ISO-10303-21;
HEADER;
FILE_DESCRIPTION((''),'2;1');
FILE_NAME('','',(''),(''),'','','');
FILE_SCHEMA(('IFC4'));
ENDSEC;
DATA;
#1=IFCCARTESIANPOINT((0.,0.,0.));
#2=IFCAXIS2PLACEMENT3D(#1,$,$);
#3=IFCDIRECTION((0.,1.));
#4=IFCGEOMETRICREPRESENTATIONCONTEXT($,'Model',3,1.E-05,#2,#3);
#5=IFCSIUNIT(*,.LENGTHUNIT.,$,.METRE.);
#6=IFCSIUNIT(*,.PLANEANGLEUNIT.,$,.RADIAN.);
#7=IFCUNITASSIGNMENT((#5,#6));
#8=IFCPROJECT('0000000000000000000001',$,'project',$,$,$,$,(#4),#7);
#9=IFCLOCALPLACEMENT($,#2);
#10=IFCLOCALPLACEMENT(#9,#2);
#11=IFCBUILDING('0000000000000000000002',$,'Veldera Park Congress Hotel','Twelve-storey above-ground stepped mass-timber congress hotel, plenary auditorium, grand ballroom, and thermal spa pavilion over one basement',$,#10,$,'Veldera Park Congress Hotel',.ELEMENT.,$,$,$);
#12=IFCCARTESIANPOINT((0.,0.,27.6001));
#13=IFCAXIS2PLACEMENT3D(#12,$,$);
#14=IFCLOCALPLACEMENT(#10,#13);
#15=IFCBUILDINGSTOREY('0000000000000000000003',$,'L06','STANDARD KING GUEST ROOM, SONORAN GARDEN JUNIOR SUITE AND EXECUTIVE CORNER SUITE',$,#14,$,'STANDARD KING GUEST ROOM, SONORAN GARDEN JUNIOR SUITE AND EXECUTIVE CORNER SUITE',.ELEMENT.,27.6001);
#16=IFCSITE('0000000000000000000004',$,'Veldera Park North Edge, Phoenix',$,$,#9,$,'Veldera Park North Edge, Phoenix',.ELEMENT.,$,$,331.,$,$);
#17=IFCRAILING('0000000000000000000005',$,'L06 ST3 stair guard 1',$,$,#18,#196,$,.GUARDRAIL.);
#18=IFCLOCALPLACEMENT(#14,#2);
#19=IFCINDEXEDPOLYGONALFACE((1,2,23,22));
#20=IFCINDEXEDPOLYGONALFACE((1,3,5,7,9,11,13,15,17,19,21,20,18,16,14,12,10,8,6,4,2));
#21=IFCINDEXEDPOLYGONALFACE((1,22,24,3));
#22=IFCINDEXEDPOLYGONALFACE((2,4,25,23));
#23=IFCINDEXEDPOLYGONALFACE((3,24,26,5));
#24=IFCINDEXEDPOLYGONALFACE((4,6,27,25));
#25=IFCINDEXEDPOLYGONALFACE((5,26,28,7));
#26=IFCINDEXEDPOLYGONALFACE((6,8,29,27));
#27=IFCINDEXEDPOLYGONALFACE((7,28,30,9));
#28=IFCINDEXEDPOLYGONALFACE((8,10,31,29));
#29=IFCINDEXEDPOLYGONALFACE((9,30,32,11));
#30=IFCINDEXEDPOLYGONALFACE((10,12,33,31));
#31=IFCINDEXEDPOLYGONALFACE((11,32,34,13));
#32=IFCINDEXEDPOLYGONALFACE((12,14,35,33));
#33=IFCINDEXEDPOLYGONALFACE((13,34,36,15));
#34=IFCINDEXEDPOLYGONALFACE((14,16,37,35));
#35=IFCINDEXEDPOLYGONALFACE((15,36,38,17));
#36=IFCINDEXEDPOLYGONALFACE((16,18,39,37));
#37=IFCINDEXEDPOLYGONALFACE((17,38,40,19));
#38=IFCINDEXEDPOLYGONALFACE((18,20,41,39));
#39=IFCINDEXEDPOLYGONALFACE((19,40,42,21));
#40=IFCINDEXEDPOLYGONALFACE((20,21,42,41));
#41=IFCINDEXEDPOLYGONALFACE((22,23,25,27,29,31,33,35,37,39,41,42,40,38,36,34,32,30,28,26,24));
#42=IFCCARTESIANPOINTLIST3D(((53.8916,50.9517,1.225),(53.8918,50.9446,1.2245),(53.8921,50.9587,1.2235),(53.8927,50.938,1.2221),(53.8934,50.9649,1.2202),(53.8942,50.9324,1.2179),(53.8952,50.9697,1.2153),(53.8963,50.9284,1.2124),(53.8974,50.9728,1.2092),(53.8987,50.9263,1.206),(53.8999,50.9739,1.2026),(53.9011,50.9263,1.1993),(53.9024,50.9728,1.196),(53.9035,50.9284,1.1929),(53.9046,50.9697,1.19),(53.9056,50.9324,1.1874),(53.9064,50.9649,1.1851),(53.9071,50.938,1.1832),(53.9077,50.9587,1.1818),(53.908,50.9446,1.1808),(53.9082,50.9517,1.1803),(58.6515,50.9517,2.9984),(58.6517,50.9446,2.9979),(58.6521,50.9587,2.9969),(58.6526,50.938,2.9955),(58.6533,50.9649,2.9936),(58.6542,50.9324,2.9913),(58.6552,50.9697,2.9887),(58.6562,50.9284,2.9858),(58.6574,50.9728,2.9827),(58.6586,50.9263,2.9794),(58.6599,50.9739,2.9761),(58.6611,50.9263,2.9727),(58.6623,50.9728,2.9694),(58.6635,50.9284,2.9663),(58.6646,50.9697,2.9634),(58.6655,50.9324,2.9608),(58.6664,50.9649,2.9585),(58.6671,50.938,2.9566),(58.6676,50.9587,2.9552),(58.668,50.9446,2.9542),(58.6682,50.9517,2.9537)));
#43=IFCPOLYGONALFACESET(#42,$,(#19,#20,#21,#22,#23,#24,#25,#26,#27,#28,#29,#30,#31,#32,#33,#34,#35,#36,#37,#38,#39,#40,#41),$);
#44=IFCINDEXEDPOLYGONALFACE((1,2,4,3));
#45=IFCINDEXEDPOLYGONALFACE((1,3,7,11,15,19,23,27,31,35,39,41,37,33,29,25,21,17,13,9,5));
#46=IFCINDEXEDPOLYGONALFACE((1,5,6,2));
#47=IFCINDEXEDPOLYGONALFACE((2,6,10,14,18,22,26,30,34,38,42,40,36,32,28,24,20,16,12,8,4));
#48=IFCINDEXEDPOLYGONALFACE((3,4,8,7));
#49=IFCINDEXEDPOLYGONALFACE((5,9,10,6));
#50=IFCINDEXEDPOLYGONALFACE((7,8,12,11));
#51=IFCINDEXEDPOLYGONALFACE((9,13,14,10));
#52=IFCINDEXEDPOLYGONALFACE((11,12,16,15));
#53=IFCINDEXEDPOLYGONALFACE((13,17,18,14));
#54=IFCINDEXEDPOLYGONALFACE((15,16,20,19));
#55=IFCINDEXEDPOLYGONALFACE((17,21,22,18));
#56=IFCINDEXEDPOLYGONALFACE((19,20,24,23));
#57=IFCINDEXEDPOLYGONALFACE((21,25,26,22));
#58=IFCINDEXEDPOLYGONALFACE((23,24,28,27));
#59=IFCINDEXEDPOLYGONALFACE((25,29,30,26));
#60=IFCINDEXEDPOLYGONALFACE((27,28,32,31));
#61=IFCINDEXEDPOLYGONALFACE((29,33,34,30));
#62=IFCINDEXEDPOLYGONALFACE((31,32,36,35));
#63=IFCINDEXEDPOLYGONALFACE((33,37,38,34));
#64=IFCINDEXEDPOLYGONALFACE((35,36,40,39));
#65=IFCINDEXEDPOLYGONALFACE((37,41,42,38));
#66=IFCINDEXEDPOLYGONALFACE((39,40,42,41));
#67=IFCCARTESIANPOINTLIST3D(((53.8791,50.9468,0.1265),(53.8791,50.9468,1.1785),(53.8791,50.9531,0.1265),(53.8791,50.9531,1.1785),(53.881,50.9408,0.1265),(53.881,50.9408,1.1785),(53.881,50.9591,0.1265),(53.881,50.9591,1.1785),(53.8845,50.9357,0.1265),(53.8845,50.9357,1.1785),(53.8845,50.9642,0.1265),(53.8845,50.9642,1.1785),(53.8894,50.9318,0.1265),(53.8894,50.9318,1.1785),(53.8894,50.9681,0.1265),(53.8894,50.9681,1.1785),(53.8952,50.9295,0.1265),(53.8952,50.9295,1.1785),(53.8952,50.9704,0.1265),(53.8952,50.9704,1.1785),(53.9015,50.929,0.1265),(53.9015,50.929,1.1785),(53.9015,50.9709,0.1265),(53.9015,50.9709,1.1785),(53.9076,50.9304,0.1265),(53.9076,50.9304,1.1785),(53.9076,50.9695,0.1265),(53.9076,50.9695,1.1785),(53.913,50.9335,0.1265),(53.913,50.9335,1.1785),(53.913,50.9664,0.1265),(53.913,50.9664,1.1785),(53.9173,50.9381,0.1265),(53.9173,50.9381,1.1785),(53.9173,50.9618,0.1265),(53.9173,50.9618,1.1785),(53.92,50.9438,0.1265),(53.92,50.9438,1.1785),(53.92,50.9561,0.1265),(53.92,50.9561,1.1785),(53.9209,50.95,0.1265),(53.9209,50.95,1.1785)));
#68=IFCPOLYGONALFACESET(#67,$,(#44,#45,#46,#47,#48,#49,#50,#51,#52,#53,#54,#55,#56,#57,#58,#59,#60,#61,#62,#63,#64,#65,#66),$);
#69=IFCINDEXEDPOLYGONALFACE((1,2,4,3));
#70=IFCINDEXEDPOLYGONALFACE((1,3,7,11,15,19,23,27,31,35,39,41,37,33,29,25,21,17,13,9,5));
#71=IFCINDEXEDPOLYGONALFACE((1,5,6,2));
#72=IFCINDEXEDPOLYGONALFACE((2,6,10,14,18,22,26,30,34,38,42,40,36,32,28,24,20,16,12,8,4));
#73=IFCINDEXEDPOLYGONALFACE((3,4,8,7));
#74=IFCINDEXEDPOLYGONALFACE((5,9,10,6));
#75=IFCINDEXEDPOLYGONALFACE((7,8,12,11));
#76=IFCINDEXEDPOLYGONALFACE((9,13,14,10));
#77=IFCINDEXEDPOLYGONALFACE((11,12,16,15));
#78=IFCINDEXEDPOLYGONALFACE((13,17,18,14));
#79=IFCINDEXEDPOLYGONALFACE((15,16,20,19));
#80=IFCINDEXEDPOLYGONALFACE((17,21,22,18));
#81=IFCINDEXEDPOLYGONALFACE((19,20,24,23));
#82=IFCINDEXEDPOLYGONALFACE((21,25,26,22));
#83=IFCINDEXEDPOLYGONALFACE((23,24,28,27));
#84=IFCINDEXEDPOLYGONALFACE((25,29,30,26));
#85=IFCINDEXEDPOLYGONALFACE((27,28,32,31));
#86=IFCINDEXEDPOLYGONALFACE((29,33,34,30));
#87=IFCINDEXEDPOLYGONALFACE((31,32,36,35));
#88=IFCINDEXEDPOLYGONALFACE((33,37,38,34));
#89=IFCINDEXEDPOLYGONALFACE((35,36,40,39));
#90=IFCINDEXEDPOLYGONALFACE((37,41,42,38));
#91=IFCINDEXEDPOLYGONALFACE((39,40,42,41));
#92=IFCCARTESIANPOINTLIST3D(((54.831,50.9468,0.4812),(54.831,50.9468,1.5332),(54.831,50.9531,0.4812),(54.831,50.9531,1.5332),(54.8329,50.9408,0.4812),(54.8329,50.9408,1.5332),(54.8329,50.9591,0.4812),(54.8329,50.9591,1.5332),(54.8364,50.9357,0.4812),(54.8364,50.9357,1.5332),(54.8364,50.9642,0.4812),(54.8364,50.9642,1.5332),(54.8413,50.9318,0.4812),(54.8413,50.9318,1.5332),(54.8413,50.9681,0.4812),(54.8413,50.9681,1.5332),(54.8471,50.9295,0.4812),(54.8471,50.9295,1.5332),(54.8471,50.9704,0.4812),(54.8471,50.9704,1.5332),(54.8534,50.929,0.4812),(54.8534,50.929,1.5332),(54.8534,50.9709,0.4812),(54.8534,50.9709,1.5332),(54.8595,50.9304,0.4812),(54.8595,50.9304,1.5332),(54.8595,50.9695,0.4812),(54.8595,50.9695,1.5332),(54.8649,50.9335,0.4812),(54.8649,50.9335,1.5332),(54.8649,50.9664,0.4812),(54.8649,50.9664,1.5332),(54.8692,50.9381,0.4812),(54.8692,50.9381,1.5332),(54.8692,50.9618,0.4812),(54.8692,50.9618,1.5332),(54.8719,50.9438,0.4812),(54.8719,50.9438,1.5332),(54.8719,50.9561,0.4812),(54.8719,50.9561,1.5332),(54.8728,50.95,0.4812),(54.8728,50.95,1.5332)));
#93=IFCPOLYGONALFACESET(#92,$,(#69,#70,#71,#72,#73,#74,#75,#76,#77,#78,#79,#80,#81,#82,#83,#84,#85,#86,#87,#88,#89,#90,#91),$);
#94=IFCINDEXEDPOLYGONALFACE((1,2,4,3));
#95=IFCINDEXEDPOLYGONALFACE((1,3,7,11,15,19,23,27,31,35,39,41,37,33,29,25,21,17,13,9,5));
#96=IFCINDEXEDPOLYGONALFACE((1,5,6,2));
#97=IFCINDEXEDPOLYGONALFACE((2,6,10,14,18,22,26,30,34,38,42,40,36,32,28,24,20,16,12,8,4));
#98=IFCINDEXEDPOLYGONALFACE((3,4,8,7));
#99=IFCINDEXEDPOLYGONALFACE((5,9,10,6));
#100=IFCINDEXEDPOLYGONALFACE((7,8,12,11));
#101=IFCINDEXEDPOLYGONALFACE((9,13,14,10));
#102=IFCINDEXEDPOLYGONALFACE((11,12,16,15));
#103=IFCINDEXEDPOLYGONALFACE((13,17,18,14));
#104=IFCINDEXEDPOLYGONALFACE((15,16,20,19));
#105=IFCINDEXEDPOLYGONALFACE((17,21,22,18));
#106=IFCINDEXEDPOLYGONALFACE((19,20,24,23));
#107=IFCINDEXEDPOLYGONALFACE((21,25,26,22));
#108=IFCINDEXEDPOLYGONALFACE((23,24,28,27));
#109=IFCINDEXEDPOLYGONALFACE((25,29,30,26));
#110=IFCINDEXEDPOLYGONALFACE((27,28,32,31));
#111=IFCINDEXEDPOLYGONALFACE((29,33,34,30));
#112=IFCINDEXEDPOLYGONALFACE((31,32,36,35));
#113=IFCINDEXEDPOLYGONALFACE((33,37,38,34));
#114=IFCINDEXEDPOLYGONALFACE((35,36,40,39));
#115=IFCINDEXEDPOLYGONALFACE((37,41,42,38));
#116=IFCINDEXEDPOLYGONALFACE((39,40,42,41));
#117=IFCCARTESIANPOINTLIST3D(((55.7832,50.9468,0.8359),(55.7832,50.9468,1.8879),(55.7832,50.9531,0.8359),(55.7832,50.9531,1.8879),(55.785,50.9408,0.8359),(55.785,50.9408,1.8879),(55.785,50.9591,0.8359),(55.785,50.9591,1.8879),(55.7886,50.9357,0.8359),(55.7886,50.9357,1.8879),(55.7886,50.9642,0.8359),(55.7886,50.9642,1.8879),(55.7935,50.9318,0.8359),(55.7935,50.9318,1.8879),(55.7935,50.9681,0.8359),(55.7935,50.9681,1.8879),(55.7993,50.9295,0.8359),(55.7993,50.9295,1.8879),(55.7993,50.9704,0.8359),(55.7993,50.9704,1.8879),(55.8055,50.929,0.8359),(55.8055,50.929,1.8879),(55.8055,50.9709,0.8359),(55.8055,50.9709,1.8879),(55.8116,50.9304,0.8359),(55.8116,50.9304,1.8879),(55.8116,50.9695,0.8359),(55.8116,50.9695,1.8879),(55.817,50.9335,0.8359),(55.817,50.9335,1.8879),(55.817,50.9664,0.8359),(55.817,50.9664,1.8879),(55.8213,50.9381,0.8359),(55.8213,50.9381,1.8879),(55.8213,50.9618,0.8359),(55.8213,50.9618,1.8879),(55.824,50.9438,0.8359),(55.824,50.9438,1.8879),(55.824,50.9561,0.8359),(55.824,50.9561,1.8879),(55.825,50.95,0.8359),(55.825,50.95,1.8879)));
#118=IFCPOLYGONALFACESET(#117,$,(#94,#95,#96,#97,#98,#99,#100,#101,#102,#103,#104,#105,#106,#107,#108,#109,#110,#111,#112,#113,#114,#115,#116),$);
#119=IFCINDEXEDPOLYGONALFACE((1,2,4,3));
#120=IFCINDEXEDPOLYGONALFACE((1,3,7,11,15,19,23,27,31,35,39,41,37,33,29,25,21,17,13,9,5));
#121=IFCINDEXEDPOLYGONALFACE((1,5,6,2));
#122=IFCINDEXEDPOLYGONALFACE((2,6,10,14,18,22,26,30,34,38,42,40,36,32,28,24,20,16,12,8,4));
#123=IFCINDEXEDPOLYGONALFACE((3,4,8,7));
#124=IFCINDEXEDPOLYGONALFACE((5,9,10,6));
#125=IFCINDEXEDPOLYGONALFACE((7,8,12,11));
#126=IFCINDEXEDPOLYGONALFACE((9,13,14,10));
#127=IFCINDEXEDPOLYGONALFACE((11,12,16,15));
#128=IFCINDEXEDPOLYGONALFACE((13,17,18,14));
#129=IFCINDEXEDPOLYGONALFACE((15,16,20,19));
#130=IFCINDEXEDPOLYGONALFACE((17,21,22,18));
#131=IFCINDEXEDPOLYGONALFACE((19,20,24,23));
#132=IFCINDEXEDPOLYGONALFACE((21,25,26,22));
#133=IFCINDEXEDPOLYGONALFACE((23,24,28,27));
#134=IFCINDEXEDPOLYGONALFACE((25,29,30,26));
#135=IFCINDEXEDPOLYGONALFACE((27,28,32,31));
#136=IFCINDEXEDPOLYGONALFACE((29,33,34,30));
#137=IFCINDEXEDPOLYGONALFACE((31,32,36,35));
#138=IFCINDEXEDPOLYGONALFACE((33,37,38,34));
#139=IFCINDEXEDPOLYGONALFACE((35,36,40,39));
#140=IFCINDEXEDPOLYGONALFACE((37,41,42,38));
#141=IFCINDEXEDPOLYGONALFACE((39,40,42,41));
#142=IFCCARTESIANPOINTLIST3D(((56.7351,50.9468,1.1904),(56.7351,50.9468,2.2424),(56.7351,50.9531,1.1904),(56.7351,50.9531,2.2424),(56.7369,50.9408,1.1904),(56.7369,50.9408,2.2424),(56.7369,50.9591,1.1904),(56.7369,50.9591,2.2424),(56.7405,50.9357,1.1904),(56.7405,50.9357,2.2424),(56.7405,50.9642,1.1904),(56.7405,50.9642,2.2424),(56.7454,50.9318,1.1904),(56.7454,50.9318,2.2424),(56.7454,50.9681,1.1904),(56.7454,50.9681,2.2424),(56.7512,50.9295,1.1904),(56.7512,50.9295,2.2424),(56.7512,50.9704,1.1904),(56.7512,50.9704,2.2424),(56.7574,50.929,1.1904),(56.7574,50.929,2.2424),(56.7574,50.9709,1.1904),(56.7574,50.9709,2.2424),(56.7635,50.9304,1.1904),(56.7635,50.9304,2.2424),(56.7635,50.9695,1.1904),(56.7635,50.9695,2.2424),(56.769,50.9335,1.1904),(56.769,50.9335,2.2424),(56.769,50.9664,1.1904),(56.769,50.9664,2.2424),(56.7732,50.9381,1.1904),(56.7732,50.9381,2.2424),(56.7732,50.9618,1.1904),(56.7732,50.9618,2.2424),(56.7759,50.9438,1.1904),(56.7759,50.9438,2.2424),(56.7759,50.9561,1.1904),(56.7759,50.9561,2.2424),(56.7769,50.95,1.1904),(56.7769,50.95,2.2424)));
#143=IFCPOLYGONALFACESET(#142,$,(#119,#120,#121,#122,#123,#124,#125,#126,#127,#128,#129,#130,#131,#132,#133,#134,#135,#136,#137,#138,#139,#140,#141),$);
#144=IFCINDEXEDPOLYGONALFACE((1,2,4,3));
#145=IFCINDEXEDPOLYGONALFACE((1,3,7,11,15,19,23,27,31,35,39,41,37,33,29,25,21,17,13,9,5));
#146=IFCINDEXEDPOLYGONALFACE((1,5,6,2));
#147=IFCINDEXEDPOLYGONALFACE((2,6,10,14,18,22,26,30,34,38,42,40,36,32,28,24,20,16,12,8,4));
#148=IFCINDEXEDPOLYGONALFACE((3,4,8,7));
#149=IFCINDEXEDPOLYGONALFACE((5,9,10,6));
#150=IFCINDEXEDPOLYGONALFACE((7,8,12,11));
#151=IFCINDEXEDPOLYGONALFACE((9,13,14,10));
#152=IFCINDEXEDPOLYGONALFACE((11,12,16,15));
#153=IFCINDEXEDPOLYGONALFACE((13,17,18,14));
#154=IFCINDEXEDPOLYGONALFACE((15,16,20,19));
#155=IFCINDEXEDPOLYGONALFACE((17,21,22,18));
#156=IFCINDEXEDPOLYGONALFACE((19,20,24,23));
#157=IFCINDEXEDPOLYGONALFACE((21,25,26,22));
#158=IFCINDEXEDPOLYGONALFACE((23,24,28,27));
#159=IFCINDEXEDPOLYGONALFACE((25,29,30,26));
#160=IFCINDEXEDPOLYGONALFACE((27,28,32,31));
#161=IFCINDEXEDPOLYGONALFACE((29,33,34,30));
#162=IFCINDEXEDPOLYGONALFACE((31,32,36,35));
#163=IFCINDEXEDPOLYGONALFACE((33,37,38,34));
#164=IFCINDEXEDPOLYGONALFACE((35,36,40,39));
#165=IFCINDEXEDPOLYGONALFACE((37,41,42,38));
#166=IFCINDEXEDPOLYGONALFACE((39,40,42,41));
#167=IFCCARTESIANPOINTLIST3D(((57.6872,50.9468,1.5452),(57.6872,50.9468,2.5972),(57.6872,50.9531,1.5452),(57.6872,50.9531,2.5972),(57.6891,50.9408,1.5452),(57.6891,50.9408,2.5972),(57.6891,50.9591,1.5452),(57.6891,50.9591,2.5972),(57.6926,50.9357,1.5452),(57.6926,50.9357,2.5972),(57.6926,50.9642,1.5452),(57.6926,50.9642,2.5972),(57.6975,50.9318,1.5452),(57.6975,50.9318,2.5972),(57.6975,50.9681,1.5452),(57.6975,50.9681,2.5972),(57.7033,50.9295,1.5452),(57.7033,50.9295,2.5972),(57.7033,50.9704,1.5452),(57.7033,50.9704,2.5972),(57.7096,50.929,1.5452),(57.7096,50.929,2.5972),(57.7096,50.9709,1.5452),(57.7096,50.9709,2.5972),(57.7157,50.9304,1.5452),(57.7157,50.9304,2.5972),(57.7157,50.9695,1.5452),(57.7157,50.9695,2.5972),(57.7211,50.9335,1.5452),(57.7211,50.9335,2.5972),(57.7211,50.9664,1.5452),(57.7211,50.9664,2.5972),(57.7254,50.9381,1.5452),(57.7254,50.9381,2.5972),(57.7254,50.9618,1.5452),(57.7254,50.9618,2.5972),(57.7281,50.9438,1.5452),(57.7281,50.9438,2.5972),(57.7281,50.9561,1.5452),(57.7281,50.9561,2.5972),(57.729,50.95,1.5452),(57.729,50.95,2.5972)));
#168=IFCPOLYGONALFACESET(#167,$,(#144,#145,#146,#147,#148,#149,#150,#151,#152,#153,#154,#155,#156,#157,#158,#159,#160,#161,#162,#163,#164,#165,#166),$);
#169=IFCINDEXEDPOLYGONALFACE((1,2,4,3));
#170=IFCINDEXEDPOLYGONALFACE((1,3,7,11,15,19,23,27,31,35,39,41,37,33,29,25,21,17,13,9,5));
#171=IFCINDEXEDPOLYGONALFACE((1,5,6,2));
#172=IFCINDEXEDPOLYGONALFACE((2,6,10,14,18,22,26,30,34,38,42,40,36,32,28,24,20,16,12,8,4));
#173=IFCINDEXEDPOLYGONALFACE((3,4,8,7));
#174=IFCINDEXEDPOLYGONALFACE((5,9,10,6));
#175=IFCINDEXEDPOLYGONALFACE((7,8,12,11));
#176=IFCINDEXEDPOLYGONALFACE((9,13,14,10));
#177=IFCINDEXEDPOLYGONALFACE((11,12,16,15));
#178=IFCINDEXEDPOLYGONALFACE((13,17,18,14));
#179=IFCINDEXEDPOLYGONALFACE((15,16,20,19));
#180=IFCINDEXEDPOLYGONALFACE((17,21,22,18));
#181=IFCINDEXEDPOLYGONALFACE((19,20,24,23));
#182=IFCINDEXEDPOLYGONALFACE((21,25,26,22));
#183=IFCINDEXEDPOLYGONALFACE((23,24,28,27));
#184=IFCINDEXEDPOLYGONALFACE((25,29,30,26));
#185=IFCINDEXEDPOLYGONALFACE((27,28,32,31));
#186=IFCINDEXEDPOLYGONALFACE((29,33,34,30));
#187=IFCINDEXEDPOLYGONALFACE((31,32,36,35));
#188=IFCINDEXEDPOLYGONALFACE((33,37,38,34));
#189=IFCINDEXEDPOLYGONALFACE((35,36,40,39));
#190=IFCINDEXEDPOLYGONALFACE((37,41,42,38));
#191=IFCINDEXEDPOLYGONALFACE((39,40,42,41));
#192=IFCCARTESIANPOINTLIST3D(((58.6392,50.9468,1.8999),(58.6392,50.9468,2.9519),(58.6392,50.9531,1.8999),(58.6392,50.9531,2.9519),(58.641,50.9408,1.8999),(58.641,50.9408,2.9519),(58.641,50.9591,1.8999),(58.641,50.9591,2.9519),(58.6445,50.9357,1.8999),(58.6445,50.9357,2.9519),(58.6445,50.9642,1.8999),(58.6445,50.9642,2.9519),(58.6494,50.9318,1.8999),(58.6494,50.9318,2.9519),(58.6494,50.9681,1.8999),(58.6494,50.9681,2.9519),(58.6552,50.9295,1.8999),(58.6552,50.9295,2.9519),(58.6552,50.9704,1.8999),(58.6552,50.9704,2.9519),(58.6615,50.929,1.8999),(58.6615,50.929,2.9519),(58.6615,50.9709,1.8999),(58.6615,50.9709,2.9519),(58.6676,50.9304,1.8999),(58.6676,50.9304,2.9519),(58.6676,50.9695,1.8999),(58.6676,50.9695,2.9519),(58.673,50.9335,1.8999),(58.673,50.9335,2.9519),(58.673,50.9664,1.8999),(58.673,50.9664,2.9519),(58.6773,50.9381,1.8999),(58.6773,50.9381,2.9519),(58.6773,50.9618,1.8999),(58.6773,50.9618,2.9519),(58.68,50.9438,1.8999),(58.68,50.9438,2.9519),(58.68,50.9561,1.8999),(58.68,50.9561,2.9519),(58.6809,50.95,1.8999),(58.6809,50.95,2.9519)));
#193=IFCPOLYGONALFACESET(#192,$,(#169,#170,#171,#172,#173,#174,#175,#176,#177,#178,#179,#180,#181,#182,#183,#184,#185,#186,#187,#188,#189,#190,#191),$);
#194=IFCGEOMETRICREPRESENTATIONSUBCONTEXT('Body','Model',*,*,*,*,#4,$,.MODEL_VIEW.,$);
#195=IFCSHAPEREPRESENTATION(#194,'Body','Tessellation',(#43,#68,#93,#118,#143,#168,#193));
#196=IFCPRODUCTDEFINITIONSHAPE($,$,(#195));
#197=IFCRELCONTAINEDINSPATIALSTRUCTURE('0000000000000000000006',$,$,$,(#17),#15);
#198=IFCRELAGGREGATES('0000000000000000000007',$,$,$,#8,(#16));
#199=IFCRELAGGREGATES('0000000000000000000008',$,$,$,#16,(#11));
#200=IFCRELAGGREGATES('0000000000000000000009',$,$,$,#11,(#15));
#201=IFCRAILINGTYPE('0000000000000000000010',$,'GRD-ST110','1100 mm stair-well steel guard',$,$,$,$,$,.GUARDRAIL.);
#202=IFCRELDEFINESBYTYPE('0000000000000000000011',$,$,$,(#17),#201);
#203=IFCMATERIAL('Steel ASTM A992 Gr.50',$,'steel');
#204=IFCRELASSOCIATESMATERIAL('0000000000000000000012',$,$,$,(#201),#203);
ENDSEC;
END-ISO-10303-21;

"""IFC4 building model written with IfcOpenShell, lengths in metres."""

from ifc_helpers import new_model, si_unit, direction, frame, origin, origin_2d, place, context, subcontext, project, spatial, circle, extrude, material, type_object, element, save


model = new_model("IFC4")

# Units and contexts
model_context = context("Model", 3, precision=1e-05, world=origin(), true_north=direction((0.0, 1.0)))
body_context = subcontext(model_context, "Body", "Model", "MODEL_VIEW")
ifc_project = project(units=[si_unit("LENGTHUNIT", "METRE"), si_unit("PLANEANGLEUNIT", "RADIAN")], contexts=[model_context])

# Site, building, storey
site_placement = place(None, origin())
site = spatial("IfcSite", under=ifc_project, at=site_placement, Name="Veldera Park North Edge, Phoenix", LongName="Veldera Park North Edge, Phoenix", CompositionType="ELEMENT", RefElevation=331.0)
building_placement = place(site_placement, origin())
building = spatial("IfcBuilding", under=site, at=building_placement, Name="Veldera Park Congress Hotel", Description="Twelve-storey above-ground stepped mass-timber congress hotel, plenary auditorium, grand ballroom, and thermal spa pavilion over one basement", LongName="Veldera Park Congress Hotel", CompositionType="ELEMENT")
storey_placement = place(building_placement, frame((0.0, 0.0, 27.6001)))
storey = spatial("IfcBuildingStorey", under=building, at=storey_placement, Name="L06", Description="STANDARD KING GUEST ROOM, SONORAN GARDEN JUNIOR SUITE AND EXECUTIVE CORNER SUITE", LongName="STANDARD KING GUEST ROOM, SONORAN GARDEN JUNIOR SUITE AND EXECUTIVE CORNER SUITE", CompositionType="ELEMENT", Elevation=27.6001)

# Railing
ifc_material_1 = material(Name="Steel ASTM A992 Gr.50", Category="steel")
railing_type_1 = type_object("IfcRailingType", Name="GRD-ST110", Description="1100 mm stair-well steel guard", PredefinedType="GUARDRAIL", material=ifc_material_1)
railing_1_placement = place(storey_placement, frame((53.8999, 50.95, 0.1265)))
element("IfcRailing", 1, at=railing_1_placement, inside=storey, type_object=railing_type_1, Name="L06 ST3 stair guard 1", PredefinedType="GUARDRAIL", context=body_context, shape_type="SweptSolid", body=[
    extrude(circle(Radius=0.0239, at=origin_2d()), frame((0.0, 0.0, 1.0762), z_axis=(0.937076, 0.0, 0.349126), x_axis=(0.0, 1.0, 0.0)), (0.0, 0.0, 1.0), 5.0796),
    extrude(circle(Radius=0.021, at=origin_2d()), origin(), (0.0, 0.0, 1.0), 1.052),
    extrude(circle(Radius=0.021, at=origin_2d()), frame((0.9519, 0.0, 0.3547)), (0.0, 0.0, 1.0), 1.052),
    extrude(circle(Radius=0.021, at=origin_2d()), frame((1.9041, 0.0, 0.7095)), (0.0, 0.0, 1.0), 1.052),
    extrude(circle(Radius=0.021, at=origin_2d()), frame((2.856, 0.0, 1.064)), (0.0, 0.0, 1.0), 1.052),
    extrude(circle(Radius=0.021, at=origin_2d()), frame((3.8081, 0.0, 1.4187)), (0.0, 0.0, 1.0), 1.052),
    extrude(circle(Radius=0.021, at=origin_2d()), frame((4.76, 0.0, 1.7734)), (0.0, 0.0, 1.0), 1.052),
])

save(model, "model.ifc")
